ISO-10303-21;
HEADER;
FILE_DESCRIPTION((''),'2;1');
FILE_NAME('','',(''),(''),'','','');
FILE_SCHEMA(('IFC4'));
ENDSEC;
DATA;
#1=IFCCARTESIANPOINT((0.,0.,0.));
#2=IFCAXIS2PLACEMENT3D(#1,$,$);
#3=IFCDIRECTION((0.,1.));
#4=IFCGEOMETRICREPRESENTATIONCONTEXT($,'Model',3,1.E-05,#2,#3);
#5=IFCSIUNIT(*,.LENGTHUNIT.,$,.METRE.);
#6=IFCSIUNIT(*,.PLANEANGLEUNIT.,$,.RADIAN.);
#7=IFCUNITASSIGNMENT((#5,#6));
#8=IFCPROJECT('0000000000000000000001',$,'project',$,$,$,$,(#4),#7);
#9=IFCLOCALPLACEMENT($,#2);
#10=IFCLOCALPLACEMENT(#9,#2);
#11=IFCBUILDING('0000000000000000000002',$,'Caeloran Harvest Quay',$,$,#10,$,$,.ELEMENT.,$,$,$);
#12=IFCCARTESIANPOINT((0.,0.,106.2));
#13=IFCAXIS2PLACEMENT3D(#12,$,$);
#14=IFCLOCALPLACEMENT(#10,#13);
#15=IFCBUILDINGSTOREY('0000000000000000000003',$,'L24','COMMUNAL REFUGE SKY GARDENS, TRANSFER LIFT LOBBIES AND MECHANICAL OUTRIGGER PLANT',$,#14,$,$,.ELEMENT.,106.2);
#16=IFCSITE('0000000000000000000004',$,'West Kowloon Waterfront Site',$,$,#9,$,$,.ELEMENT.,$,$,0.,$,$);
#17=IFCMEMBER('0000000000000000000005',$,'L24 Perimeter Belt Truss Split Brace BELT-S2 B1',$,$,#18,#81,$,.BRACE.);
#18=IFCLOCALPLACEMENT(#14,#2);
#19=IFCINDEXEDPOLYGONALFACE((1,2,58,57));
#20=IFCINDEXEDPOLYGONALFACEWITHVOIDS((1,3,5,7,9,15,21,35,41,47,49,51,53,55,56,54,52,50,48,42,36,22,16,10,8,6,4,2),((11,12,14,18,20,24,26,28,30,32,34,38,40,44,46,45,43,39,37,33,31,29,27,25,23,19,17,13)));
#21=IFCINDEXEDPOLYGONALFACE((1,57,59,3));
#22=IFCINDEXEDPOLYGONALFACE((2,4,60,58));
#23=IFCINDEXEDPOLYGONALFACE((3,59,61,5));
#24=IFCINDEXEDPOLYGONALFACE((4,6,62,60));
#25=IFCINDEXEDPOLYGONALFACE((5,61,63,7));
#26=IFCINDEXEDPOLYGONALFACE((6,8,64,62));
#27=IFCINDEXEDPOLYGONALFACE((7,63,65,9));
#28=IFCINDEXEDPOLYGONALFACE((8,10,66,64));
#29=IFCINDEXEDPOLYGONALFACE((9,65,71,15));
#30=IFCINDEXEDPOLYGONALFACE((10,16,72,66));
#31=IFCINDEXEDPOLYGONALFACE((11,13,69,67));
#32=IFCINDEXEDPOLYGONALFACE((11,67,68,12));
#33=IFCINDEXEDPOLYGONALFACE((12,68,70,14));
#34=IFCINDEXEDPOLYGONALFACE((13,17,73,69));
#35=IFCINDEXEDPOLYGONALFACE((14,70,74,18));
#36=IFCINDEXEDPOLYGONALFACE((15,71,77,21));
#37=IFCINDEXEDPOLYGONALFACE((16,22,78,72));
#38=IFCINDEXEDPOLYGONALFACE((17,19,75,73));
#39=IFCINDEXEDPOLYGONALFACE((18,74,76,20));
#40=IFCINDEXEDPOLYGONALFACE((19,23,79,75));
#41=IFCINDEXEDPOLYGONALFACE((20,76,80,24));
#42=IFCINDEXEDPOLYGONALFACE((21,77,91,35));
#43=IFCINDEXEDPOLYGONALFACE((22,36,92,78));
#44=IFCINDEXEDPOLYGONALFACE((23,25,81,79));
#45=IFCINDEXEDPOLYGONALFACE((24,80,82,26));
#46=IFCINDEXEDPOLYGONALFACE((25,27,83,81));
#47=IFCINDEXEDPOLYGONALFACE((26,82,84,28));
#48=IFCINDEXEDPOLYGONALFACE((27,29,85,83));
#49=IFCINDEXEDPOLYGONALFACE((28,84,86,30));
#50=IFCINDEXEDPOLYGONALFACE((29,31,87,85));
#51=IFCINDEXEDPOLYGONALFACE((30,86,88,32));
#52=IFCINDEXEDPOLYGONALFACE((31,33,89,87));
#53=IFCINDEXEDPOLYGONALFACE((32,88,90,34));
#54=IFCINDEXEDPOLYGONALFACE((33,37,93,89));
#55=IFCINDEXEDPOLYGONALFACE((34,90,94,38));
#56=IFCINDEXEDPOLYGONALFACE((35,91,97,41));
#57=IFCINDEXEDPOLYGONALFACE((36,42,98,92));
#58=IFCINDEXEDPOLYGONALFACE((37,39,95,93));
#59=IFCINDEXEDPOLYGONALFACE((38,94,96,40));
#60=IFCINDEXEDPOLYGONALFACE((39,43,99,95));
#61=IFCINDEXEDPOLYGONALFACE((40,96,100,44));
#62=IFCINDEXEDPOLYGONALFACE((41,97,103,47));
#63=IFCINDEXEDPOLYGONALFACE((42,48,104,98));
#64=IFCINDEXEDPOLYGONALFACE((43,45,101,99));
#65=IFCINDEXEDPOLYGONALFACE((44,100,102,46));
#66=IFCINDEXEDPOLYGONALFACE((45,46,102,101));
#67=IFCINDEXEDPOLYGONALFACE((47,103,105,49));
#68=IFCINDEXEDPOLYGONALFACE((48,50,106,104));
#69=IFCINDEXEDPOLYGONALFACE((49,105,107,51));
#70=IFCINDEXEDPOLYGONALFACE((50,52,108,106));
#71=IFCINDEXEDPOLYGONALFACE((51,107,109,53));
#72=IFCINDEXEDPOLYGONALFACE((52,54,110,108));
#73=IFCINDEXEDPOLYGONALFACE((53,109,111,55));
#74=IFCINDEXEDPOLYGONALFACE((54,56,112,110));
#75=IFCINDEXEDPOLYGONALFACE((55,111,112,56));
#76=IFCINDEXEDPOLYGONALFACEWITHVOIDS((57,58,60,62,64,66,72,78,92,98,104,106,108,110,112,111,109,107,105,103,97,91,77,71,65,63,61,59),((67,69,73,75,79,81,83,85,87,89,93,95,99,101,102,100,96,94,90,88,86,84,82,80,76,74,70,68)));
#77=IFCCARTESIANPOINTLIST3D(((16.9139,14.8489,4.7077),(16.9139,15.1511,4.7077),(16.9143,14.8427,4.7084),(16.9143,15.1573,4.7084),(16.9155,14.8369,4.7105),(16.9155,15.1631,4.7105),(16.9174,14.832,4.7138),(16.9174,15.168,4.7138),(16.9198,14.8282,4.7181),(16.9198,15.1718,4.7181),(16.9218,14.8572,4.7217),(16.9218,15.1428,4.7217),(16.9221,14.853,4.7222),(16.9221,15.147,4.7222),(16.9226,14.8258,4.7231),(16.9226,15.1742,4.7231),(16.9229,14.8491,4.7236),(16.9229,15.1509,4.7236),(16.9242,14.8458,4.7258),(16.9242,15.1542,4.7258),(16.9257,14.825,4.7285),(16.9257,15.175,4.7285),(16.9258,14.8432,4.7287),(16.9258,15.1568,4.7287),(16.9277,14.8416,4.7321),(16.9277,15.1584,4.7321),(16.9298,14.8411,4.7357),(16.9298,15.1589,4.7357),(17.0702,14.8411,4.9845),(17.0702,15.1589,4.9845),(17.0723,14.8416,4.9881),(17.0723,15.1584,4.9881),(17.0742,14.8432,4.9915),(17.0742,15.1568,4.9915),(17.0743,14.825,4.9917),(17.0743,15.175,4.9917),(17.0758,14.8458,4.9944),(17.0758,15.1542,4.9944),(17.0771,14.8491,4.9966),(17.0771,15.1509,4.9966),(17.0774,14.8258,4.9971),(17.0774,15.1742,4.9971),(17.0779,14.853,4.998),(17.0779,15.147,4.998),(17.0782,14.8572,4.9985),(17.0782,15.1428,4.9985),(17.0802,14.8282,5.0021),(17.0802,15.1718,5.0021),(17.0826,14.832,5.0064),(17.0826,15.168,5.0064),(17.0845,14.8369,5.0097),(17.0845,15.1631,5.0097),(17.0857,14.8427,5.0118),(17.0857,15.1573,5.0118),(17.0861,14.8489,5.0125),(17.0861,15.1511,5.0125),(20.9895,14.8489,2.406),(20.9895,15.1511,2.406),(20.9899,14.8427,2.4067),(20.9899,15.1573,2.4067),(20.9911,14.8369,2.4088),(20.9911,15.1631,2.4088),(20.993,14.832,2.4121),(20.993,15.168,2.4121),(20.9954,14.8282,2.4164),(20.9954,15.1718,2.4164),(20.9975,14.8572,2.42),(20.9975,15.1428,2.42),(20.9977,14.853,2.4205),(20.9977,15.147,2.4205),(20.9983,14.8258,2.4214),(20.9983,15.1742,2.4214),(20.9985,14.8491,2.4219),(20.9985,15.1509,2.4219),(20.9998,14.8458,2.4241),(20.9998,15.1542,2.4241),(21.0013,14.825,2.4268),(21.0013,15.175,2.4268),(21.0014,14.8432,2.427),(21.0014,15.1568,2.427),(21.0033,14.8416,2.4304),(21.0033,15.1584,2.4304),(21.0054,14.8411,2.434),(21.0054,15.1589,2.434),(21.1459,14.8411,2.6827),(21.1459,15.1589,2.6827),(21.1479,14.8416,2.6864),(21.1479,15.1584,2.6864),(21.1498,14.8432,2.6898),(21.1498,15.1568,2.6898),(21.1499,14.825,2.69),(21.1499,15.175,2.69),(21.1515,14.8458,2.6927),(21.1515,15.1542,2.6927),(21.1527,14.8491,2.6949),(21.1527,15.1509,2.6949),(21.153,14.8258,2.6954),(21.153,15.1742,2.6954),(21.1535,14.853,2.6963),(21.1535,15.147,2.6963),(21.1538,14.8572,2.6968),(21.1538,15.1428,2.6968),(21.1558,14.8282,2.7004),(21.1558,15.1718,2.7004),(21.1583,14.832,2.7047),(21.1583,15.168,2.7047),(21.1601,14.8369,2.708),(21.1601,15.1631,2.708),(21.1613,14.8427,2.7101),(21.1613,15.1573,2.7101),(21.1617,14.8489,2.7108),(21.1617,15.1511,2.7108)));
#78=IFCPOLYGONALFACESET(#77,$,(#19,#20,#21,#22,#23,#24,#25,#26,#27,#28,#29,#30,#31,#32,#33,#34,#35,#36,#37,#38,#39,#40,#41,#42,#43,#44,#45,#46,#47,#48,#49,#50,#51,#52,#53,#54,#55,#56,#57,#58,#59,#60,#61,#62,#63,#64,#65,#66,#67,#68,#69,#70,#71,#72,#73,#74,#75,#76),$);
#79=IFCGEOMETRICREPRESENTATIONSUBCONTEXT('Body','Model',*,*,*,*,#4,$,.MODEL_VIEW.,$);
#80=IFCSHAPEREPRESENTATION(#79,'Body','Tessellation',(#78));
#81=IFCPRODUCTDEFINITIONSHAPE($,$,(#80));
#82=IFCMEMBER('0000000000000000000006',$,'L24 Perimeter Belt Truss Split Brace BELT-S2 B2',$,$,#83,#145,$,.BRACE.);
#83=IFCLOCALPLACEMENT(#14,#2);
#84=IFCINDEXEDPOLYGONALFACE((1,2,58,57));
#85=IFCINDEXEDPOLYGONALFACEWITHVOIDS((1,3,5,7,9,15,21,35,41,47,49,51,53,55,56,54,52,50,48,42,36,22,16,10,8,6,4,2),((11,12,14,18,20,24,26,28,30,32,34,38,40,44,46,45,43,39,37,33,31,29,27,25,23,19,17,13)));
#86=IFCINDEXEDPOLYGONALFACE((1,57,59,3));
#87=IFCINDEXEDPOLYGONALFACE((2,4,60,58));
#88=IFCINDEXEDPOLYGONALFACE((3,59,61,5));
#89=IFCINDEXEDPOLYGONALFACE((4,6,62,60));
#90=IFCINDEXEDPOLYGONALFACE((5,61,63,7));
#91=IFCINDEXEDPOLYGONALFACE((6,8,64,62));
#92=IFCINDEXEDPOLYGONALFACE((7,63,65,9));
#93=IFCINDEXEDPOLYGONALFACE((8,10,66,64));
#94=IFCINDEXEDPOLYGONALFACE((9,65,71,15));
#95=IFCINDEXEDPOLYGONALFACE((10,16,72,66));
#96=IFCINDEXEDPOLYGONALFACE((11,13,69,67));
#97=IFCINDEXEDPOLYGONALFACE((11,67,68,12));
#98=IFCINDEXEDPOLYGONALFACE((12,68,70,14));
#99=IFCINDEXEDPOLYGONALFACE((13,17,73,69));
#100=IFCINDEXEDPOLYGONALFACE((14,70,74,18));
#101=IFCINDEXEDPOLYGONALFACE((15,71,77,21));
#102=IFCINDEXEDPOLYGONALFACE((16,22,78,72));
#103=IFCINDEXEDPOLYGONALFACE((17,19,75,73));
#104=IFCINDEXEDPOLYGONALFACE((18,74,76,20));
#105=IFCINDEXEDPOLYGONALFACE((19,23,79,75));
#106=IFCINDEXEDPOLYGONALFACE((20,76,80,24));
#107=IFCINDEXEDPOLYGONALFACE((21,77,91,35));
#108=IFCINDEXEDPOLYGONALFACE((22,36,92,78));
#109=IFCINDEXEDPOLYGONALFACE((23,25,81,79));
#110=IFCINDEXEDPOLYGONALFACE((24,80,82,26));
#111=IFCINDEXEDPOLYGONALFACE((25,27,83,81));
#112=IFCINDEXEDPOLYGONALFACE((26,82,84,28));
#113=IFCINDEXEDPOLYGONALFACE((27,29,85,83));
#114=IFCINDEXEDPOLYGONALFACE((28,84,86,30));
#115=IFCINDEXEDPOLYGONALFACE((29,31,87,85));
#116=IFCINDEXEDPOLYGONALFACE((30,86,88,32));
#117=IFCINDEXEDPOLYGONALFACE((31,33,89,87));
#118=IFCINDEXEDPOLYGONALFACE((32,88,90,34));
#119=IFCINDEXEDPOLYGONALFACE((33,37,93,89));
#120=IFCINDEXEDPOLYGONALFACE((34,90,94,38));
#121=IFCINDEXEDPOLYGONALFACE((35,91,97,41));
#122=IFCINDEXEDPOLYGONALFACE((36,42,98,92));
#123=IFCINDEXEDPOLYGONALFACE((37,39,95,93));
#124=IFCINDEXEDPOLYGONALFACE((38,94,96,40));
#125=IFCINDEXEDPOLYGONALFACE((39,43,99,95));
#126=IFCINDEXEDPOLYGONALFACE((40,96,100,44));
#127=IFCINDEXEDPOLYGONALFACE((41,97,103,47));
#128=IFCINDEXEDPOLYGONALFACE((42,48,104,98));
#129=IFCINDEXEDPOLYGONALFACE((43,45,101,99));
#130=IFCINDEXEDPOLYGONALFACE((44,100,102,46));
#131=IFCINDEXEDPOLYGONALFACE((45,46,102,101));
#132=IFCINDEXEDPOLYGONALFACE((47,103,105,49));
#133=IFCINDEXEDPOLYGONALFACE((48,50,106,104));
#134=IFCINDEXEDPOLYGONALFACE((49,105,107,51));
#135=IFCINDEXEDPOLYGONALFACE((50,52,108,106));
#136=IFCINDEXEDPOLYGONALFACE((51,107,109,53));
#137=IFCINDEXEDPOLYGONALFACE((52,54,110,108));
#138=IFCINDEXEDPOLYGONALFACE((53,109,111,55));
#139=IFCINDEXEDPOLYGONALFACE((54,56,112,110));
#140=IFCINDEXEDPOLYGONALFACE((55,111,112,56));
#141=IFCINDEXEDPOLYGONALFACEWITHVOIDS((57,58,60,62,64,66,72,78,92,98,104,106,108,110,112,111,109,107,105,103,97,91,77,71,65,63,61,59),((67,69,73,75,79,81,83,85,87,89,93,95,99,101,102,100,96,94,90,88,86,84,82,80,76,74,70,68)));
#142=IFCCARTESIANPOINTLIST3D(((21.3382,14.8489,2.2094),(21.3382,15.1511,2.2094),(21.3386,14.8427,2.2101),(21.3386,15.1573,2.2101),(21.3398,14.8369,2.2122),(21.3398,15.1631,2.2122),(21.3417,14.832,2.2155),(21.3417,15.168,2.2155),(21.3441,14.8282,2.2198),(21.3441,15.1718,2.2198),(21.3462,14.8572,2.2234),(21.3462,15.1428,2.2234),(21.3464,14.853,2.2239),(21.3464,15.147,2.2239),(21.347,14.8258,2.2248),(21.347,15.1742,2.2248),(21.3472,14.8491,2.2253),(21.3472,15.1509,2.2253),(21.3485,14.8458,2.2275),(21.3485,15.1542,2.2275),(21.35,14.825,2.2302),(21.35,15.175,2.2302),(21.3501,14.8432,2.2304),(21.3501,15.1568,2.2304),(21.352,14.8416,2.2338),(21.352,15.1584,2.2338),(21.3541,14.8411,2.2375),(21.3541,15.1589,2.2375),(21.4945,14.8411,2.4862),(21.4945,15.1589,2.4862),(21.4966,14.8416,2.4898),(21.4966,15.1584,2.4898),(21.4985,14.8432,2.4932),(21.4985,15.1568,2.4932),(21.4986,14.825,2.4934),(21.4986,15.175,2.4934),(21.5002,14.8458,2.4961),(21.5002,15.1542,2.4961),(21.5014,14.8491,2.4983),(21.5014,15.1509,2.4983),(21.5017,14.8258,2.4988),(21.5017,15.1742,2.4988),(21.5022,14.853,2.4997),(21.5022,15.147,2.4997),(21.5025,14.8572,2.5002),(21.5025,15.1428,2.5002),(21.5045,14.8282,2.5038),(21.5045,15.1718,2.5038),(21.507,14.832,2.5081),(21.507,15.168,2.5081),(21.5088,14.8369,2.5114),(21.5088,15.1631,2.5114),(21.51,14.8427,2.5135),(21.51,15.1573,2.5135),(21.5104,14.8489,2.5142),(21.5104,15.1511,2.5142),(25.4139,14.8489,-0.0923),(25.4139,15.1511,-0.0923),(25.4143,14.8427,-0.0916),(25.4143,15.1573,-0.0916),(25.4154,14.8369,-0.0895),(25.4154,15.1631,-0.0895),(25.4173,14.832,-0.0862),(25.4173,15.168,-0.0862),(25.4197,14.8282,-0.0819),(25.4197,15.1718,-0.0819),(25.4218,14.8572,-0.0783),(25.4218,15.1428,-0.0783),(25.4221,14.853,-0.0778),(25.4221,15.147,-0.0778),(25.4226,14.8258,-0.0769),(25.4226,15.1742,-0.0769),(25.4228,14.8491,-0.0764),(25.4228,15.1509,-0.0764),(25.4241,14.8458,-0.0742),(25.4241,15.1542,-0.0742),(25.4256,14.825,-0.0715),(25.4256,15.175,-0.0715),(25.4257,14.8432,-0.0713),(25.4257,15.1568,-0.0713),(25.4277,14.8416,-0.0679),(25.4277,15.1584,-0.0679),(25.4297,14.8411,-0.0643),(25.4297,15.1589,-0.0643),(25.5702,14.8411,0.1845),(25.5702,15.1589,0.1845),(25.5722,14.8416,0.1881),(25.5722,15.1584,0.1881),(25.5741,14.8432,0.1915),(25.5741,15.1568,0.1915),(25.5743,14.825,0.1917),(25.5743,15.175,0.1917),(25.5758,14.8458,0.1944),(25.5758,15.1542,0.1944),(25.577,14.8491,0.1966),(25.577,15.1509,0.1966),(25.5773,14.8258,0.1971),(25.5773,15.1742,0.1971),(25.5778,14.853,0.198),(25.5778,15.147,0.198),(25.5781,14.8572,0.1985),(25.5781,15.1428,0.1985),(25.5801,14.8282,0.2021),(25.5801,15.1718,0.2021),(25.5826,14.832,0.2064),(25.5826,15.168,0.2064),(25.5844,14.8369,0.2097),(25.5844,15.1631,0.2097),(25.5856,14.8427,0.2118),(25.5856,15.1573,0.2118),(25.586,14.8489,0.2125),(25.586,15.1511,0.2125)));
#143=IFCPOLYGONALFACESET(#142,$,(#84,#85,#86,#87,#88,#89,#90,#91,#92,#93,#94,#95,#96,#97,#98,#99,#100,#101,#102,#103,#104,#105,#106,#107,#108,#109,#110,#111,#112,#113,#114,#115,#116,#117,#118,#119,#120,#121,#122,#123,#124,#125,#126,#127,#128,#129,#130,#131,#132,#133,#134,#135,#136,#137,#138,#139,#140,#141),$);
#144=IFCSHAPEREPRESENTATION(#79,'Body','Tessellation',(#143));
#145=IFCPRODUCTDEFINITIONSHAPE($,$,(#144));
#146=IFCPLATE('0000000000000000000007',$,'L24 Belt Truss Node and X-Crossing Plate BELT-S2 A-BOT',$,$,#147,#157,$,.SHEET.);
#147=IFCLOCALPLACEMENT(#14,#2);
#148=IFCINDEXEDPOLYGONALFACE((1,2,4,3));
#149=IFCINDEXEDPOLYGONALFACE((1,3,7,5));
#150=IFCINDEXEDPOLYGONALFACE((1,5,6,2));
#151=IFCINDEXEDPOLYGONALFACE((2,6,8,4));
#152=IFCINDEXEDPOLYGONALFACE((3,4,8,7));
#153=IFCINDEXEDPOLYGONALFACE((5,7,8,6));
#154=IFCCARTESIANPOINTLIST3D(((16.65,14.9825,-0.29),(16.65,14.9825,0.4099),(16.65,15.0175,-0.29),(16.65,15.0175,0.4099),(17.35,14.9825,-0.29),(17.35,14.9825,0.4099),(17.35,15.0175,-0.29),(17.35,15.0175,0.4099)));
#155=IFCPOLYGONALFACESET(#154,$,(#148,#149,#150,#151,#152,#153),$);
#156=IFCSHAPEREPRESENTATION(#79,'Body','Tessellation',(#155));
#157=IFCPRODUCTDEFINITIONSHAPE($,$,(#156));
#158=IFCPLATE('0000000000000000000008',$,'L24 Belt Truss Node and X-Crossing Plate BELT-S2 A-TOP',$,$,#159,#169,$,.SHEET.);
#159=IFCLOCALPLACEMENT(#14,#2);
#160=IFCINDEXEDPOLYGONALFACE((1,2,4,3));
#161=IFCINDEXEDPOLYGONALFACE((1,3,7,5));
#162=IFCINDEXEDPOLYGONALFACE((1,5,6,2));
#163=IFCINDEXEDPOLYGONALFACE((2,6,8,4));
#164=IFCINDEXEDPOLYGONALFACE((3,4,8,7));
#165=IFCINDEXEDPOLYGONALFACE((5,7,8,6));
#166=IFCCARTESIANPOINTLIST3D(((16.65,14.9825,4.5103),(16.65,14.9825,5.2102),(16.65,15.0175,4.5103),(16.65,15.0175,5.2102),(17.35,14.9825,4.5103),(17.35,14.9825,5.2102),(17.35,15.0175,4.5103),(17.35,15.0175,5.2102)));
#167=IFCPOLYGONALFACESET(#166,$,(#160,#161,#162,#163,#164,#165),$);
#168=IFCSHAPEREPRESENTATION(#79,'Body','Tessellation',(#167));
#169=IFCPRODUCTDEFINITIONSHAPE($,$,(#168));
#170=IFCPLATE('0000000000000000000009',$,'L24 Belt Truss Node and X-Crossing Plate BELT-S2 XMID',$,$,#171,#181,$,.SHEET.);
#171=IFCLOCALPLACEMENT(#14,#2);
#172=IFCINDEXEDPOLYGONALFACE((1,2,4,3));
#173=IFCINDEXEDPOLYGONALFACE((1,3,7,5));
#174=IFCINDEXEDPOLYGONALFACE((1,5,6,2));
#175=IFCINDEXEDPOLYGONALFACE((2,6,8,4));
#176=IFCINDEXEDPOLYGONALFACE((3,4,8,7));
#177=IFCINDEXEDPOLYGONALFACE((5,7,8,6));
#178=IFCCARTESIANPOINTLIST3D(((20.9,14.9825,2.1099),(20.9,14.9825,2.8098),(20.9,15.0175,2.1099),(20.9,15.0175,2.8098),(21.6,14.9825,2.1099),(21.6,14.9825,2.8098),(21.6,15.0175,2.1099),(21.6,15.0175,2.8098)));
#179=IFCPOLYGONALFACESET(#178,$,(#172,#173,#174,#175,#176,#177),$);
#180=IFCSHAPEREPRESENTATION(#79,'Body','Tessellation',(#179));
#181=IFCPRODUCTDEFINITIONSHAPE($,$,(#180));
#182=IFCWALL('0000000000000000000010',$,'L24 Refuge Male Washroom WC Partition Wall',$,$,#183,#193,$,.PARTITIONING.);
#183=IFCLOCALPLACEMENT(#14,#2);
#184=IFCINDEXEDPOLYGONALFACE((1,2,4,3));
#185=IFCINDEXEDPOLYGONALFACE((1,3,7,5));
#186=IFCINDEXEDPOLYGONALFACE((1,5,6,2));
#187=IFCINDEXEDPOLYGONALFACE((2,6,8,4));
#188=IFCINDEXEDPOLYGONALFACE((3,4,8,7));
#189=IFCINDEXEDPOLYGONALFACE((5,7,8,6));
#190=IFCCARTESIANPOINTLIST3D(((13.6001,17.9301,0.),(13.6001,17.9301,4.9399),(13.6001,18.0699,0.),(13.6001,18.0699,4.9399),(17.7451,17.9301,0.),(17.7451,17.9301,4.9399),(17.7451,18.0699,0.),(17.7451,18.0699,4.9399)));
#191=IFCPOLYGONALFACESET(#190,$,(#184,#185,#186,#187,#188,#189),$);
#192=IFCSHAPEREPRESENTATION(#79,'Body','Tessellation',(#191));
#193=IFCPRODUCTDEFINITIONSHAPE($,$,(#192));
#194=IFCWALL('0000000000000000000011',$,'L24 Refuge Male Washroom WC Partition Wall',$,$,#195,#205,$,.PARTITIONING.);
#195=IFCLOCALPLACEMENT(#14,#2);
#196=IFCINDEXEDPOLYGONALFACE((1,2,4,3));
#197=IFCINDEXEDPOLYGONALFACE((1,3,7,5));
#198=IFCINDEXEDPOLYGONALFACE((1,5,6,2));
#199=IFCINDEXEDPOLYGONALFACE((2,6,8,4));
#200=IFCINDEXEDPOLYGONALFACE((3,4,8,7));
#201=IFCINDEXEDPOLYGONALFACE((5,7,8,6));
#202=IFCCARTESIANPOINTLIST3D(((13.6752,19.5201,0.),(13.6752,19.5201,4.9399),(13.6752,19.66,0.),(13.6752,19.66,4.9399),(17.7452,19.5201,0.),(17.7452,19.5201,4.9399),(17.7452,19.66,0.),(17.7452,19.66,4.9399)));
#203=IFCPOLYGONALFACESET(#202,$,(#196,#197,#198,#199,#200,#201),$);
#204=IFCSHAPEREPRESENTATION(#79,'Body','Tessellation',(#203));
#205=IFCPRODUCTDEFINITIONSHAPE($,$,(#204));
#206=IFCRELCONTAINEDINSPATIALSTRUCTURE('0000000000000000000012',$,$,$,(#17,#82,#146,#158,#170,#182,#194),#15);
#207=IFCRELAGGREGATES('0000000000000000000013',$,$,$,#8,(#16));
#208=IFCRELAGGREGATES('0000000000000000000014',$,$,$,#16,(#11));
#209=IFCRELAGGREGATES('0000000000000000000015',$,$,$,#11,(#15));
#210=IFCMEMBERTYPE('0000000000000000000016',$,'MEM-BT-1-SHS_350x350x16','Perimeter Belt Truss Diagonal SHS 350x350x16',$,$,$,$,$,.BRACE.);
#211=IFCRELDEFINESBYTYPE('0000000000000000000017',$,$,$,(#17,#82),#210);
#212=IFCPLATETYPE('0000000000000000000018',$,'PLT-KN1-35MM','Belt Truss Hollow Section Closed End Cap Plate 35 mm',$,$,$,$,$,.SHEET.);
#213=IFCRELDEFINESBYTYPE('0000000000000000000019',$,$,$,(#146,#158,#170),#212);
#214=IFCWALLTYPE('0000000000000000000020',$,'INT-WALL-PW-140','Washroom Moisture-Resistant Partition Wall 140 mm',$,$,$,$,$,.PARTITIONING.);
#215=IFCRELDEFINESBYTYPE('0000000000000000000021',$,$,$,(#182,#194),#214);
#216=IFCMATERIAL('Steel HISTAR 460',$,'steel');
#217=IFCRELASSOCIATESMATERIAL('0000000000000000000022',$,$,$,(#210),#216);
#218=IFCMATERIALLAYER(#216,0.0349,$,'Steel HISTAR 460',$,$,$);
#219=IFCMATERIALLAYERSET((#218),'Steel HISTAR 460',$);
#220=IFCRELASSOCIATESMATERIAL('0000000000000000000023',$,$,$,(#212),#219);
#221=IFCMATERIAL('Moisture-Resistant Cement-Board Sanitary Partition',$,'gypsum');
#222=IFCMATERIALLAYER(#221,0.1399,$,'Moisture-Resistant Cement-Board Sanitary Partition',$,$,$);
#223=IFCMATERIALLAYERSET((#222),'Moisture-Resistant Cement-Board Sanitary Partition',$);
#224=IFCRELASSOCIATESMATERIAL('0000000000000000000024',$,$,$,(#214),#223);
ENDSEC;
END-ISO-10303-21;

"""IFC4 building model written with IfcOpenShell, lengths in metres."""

from ifc_helpers import new_model, si_unit, direction, frame, frame_2d, origin, origin_2d, place, context, subcontext, project, spatial, rectangle, hollow_rectangle, extrude, material, layer, layer_set, material_profile, profile_set, type_object, element, save


model = new_model("IFC4")

# Units and contexts
model_context = context("Model", 3, precision=1e-05, world=origin(), true_north=direction((0.0, 1.0)))
body_context = subcontext(model_context, "Body", "Model", "MODEL_VIEW")
ifc_project = project(units=[si_unit("LENGTHUNIT", "METRE"), si_unit("PLANEANGLEUNIT", "RADIAN")], contexts=[model_context])

# Site, building, storey
site_placement = place(None, origin())
site = spatial("IfcSite", under=ifc_project, at=site_placement, Name="West Kowloon Waterfront Site", CompositionType="ELEMENT", RefElevation=0.0)
building_placement = place(site_placement, origin())
building = spatial("IfcBuilding", under=site, at=building_placement, Name="Caeloran Harvest Quay", CompositionType="ELEMENT")
storey_placement = place(building_placement, frame((0.0, 0.0, 106.2)))
storey = spatial("IfcBuildingStorey", under=building, at=storey_placement, Name="L24", Description="COMMUNAL REFUGE SKY GARDENS, TRANSFER LIFT LOBBIES AND MECHANICAL OUTRIGGER PLANT", CompositionType="ELEMENT", Elevation=106.2)

# Members
ifc_material_1 = material(Name="Steel HISTAR 460", Category="steel")
ifc_material_profile_1 = material_profile(ifc_material_1, hollow_rectangle(XDim=0.3501, YDim=0.3501, WallThickness=0.0161, InnerFilletRadius=0.0161, OuterFilletRadius=0.0239, at=origin_2d()), Name="SHS 350x350x16")
ifc_profile_set_1 = profile_set([ifc_material_profile_1], Name="Steel HISTAR 460")
member_type = type_object("IfcMemberType", Name="MEM-BT-1-SHS_350x350x16", Description="Perimeter Belt Truss Diagonal SHS 350x350x16", PredefinedType="BRACE", material=ifc_profile_set_1)
for number, where, z_axis, x_axis, name in (
    (1, (17.0, 15.0, 4.8601), (0.870736, 0.0, -0.491751), (0.0, 1.0, 0.0), "L24 Perimeter Belt Truss Split Brace BELT-S2 B1"),
    (2, (21.4243, 15.0, 2.3618), (0.870736, 0.0, -0.491751), (0.0, 1.0, 0.0), "L24 Perimeter Belt Truss Split Brace BELT-S2 B2"),
):
    element("IfcMember", number, at=place(storey_placement, frame(where, z_axis=z_axis, x_axis=x_axis)), inside=storey, type_object=member_type, Name=name, PredefinedType="BRACE", context=body_context, shape_type="SweptSolid", body=[
        extrude(hollow_rectangle(XDim=0.3501, YDim=0.3501, WallThickness=0.0161, InnerFilletRadius=0.0161, OuterFilletRadius=0.0239, at=origin_2d()), origin(), (0.0, 0.0, 1.0), 4.6807),
    ])

# Plates
ifc_layer_1 = layer(ifc_material_1, 0.0349, Name="Steel HISTAR 460")
ifc_layer_set_1 = layer_set([ifc_layer_1], Name="Steel HISTAR 460")
plate_type = type_object("IfcPlateType", Name="PLT-KN1-35MM", Description="Belt Truss Hollow Section Closed End Cap Plate 35 mm", PredefinedType="SHEET", material=ifc_layer_set_1)
for number, where, z_axis, x_axis, name in (
    (3, (17.0, 15.0, -0.29), (0.0, 0.0, 1.0), (1.0, 0.0, 0.0), "L24 Belt Truss Node and X-Crossing Plate BELT-S2 A-BOT"),
    (4, (17.0, 15.0, 4.5103), (0.0, 0.0, 1.0), (1.0, 0.0, 0.0), "L24 Belt Truss Node and X-Crossing Plate BELT-S2 A-TOP"),
    (5, (21.25, 15.0, 2.1099), (0.0, 0.0, 1.0), (1.0, 0.0, 0.0), "L24 Belt Truss Node and X-Crossing Plate BELT-S2 XMID"),
):
    element("IfcPlate", number, at=place(storey_placement, frame(where, z_axis=z_axis, x_axis=x_axis)), inside=storey, type_object=plate_type, Name=name, PredefinedType="SHEET", context=body_context, shape_type="SweptSolid", body=[
        extrude(rectangle(XDim=0.7, YDim=0.0349, at=origin_2d()), origin(), (0.0, 0.0, 1.0), 0.7),
    ])

# Shared definitions
ifc_material_2 = material(Name="Moisture-Resistant Cement-Board Sanitary Partition", Category="gypsum")
ifc_layer_2 = layer(ifc_material_2, 0.1399, Name="Moisture-Resistant Cement-Board Sanitary Partition")
ifc_layer_set_2 = layer_set([ifc_layer_2], Name="Moisture-Resistant Cement-Board Sanitary Partition")
wall_type_1 = type_object("IfcWallType", Name="INT-WALL-PW-140", Description="Washroom Moisture-Resistant Partition Wall 140 mm", PredefinedType="PARTITIONING", material=ifc_layer_set_2)

# Walls
wall_1_placement = place(storey_placement, frame((17.7451, 18.0, 0.0), z_axis=(0.0, 0.0, 1.0), x_axis=(-1.0, 0.0, 0.0)))
element("IfcWall", 6, at=wall_1_placement, inside=storey, type_object=wall_type_1, Name="L24 Refuge Male Washroom WC Partition Wall", PredefinedType="PARTITIONING", context=body_context, shape_type="SweptSolid", body=[
    extrude(rectangle(XDim=4.145, YDim=0.1399, at=frame_2d((2.0725, 0.0))), origin(), (0.0, 0.0, 1.0), 4.9399),
])
wall_2_placement = place(storey_placement, frame((13.675, 19.5901, 0.0), z_axis=(0.0, 0.0, 1.0), x_axis=(1.0, 0.0, 0.0)))
element("IfcWall", 7, at=wall_2_placement, inside=storey, type_object=wall_type_1, Name="L24 Refuge Male Washroom WC Partition Wall", PredefinedType="PARTITIONING", context=body_context, shape_type="SweptSolid", body=[
    extrude(rectangle(XDim=4.0701, YDim=0.1399, at=frame_2d((2.0352, 0.0))), origin(), (0.0, 0.0, 1.0), 4.9399),
])

save(model, "model.ifc")
